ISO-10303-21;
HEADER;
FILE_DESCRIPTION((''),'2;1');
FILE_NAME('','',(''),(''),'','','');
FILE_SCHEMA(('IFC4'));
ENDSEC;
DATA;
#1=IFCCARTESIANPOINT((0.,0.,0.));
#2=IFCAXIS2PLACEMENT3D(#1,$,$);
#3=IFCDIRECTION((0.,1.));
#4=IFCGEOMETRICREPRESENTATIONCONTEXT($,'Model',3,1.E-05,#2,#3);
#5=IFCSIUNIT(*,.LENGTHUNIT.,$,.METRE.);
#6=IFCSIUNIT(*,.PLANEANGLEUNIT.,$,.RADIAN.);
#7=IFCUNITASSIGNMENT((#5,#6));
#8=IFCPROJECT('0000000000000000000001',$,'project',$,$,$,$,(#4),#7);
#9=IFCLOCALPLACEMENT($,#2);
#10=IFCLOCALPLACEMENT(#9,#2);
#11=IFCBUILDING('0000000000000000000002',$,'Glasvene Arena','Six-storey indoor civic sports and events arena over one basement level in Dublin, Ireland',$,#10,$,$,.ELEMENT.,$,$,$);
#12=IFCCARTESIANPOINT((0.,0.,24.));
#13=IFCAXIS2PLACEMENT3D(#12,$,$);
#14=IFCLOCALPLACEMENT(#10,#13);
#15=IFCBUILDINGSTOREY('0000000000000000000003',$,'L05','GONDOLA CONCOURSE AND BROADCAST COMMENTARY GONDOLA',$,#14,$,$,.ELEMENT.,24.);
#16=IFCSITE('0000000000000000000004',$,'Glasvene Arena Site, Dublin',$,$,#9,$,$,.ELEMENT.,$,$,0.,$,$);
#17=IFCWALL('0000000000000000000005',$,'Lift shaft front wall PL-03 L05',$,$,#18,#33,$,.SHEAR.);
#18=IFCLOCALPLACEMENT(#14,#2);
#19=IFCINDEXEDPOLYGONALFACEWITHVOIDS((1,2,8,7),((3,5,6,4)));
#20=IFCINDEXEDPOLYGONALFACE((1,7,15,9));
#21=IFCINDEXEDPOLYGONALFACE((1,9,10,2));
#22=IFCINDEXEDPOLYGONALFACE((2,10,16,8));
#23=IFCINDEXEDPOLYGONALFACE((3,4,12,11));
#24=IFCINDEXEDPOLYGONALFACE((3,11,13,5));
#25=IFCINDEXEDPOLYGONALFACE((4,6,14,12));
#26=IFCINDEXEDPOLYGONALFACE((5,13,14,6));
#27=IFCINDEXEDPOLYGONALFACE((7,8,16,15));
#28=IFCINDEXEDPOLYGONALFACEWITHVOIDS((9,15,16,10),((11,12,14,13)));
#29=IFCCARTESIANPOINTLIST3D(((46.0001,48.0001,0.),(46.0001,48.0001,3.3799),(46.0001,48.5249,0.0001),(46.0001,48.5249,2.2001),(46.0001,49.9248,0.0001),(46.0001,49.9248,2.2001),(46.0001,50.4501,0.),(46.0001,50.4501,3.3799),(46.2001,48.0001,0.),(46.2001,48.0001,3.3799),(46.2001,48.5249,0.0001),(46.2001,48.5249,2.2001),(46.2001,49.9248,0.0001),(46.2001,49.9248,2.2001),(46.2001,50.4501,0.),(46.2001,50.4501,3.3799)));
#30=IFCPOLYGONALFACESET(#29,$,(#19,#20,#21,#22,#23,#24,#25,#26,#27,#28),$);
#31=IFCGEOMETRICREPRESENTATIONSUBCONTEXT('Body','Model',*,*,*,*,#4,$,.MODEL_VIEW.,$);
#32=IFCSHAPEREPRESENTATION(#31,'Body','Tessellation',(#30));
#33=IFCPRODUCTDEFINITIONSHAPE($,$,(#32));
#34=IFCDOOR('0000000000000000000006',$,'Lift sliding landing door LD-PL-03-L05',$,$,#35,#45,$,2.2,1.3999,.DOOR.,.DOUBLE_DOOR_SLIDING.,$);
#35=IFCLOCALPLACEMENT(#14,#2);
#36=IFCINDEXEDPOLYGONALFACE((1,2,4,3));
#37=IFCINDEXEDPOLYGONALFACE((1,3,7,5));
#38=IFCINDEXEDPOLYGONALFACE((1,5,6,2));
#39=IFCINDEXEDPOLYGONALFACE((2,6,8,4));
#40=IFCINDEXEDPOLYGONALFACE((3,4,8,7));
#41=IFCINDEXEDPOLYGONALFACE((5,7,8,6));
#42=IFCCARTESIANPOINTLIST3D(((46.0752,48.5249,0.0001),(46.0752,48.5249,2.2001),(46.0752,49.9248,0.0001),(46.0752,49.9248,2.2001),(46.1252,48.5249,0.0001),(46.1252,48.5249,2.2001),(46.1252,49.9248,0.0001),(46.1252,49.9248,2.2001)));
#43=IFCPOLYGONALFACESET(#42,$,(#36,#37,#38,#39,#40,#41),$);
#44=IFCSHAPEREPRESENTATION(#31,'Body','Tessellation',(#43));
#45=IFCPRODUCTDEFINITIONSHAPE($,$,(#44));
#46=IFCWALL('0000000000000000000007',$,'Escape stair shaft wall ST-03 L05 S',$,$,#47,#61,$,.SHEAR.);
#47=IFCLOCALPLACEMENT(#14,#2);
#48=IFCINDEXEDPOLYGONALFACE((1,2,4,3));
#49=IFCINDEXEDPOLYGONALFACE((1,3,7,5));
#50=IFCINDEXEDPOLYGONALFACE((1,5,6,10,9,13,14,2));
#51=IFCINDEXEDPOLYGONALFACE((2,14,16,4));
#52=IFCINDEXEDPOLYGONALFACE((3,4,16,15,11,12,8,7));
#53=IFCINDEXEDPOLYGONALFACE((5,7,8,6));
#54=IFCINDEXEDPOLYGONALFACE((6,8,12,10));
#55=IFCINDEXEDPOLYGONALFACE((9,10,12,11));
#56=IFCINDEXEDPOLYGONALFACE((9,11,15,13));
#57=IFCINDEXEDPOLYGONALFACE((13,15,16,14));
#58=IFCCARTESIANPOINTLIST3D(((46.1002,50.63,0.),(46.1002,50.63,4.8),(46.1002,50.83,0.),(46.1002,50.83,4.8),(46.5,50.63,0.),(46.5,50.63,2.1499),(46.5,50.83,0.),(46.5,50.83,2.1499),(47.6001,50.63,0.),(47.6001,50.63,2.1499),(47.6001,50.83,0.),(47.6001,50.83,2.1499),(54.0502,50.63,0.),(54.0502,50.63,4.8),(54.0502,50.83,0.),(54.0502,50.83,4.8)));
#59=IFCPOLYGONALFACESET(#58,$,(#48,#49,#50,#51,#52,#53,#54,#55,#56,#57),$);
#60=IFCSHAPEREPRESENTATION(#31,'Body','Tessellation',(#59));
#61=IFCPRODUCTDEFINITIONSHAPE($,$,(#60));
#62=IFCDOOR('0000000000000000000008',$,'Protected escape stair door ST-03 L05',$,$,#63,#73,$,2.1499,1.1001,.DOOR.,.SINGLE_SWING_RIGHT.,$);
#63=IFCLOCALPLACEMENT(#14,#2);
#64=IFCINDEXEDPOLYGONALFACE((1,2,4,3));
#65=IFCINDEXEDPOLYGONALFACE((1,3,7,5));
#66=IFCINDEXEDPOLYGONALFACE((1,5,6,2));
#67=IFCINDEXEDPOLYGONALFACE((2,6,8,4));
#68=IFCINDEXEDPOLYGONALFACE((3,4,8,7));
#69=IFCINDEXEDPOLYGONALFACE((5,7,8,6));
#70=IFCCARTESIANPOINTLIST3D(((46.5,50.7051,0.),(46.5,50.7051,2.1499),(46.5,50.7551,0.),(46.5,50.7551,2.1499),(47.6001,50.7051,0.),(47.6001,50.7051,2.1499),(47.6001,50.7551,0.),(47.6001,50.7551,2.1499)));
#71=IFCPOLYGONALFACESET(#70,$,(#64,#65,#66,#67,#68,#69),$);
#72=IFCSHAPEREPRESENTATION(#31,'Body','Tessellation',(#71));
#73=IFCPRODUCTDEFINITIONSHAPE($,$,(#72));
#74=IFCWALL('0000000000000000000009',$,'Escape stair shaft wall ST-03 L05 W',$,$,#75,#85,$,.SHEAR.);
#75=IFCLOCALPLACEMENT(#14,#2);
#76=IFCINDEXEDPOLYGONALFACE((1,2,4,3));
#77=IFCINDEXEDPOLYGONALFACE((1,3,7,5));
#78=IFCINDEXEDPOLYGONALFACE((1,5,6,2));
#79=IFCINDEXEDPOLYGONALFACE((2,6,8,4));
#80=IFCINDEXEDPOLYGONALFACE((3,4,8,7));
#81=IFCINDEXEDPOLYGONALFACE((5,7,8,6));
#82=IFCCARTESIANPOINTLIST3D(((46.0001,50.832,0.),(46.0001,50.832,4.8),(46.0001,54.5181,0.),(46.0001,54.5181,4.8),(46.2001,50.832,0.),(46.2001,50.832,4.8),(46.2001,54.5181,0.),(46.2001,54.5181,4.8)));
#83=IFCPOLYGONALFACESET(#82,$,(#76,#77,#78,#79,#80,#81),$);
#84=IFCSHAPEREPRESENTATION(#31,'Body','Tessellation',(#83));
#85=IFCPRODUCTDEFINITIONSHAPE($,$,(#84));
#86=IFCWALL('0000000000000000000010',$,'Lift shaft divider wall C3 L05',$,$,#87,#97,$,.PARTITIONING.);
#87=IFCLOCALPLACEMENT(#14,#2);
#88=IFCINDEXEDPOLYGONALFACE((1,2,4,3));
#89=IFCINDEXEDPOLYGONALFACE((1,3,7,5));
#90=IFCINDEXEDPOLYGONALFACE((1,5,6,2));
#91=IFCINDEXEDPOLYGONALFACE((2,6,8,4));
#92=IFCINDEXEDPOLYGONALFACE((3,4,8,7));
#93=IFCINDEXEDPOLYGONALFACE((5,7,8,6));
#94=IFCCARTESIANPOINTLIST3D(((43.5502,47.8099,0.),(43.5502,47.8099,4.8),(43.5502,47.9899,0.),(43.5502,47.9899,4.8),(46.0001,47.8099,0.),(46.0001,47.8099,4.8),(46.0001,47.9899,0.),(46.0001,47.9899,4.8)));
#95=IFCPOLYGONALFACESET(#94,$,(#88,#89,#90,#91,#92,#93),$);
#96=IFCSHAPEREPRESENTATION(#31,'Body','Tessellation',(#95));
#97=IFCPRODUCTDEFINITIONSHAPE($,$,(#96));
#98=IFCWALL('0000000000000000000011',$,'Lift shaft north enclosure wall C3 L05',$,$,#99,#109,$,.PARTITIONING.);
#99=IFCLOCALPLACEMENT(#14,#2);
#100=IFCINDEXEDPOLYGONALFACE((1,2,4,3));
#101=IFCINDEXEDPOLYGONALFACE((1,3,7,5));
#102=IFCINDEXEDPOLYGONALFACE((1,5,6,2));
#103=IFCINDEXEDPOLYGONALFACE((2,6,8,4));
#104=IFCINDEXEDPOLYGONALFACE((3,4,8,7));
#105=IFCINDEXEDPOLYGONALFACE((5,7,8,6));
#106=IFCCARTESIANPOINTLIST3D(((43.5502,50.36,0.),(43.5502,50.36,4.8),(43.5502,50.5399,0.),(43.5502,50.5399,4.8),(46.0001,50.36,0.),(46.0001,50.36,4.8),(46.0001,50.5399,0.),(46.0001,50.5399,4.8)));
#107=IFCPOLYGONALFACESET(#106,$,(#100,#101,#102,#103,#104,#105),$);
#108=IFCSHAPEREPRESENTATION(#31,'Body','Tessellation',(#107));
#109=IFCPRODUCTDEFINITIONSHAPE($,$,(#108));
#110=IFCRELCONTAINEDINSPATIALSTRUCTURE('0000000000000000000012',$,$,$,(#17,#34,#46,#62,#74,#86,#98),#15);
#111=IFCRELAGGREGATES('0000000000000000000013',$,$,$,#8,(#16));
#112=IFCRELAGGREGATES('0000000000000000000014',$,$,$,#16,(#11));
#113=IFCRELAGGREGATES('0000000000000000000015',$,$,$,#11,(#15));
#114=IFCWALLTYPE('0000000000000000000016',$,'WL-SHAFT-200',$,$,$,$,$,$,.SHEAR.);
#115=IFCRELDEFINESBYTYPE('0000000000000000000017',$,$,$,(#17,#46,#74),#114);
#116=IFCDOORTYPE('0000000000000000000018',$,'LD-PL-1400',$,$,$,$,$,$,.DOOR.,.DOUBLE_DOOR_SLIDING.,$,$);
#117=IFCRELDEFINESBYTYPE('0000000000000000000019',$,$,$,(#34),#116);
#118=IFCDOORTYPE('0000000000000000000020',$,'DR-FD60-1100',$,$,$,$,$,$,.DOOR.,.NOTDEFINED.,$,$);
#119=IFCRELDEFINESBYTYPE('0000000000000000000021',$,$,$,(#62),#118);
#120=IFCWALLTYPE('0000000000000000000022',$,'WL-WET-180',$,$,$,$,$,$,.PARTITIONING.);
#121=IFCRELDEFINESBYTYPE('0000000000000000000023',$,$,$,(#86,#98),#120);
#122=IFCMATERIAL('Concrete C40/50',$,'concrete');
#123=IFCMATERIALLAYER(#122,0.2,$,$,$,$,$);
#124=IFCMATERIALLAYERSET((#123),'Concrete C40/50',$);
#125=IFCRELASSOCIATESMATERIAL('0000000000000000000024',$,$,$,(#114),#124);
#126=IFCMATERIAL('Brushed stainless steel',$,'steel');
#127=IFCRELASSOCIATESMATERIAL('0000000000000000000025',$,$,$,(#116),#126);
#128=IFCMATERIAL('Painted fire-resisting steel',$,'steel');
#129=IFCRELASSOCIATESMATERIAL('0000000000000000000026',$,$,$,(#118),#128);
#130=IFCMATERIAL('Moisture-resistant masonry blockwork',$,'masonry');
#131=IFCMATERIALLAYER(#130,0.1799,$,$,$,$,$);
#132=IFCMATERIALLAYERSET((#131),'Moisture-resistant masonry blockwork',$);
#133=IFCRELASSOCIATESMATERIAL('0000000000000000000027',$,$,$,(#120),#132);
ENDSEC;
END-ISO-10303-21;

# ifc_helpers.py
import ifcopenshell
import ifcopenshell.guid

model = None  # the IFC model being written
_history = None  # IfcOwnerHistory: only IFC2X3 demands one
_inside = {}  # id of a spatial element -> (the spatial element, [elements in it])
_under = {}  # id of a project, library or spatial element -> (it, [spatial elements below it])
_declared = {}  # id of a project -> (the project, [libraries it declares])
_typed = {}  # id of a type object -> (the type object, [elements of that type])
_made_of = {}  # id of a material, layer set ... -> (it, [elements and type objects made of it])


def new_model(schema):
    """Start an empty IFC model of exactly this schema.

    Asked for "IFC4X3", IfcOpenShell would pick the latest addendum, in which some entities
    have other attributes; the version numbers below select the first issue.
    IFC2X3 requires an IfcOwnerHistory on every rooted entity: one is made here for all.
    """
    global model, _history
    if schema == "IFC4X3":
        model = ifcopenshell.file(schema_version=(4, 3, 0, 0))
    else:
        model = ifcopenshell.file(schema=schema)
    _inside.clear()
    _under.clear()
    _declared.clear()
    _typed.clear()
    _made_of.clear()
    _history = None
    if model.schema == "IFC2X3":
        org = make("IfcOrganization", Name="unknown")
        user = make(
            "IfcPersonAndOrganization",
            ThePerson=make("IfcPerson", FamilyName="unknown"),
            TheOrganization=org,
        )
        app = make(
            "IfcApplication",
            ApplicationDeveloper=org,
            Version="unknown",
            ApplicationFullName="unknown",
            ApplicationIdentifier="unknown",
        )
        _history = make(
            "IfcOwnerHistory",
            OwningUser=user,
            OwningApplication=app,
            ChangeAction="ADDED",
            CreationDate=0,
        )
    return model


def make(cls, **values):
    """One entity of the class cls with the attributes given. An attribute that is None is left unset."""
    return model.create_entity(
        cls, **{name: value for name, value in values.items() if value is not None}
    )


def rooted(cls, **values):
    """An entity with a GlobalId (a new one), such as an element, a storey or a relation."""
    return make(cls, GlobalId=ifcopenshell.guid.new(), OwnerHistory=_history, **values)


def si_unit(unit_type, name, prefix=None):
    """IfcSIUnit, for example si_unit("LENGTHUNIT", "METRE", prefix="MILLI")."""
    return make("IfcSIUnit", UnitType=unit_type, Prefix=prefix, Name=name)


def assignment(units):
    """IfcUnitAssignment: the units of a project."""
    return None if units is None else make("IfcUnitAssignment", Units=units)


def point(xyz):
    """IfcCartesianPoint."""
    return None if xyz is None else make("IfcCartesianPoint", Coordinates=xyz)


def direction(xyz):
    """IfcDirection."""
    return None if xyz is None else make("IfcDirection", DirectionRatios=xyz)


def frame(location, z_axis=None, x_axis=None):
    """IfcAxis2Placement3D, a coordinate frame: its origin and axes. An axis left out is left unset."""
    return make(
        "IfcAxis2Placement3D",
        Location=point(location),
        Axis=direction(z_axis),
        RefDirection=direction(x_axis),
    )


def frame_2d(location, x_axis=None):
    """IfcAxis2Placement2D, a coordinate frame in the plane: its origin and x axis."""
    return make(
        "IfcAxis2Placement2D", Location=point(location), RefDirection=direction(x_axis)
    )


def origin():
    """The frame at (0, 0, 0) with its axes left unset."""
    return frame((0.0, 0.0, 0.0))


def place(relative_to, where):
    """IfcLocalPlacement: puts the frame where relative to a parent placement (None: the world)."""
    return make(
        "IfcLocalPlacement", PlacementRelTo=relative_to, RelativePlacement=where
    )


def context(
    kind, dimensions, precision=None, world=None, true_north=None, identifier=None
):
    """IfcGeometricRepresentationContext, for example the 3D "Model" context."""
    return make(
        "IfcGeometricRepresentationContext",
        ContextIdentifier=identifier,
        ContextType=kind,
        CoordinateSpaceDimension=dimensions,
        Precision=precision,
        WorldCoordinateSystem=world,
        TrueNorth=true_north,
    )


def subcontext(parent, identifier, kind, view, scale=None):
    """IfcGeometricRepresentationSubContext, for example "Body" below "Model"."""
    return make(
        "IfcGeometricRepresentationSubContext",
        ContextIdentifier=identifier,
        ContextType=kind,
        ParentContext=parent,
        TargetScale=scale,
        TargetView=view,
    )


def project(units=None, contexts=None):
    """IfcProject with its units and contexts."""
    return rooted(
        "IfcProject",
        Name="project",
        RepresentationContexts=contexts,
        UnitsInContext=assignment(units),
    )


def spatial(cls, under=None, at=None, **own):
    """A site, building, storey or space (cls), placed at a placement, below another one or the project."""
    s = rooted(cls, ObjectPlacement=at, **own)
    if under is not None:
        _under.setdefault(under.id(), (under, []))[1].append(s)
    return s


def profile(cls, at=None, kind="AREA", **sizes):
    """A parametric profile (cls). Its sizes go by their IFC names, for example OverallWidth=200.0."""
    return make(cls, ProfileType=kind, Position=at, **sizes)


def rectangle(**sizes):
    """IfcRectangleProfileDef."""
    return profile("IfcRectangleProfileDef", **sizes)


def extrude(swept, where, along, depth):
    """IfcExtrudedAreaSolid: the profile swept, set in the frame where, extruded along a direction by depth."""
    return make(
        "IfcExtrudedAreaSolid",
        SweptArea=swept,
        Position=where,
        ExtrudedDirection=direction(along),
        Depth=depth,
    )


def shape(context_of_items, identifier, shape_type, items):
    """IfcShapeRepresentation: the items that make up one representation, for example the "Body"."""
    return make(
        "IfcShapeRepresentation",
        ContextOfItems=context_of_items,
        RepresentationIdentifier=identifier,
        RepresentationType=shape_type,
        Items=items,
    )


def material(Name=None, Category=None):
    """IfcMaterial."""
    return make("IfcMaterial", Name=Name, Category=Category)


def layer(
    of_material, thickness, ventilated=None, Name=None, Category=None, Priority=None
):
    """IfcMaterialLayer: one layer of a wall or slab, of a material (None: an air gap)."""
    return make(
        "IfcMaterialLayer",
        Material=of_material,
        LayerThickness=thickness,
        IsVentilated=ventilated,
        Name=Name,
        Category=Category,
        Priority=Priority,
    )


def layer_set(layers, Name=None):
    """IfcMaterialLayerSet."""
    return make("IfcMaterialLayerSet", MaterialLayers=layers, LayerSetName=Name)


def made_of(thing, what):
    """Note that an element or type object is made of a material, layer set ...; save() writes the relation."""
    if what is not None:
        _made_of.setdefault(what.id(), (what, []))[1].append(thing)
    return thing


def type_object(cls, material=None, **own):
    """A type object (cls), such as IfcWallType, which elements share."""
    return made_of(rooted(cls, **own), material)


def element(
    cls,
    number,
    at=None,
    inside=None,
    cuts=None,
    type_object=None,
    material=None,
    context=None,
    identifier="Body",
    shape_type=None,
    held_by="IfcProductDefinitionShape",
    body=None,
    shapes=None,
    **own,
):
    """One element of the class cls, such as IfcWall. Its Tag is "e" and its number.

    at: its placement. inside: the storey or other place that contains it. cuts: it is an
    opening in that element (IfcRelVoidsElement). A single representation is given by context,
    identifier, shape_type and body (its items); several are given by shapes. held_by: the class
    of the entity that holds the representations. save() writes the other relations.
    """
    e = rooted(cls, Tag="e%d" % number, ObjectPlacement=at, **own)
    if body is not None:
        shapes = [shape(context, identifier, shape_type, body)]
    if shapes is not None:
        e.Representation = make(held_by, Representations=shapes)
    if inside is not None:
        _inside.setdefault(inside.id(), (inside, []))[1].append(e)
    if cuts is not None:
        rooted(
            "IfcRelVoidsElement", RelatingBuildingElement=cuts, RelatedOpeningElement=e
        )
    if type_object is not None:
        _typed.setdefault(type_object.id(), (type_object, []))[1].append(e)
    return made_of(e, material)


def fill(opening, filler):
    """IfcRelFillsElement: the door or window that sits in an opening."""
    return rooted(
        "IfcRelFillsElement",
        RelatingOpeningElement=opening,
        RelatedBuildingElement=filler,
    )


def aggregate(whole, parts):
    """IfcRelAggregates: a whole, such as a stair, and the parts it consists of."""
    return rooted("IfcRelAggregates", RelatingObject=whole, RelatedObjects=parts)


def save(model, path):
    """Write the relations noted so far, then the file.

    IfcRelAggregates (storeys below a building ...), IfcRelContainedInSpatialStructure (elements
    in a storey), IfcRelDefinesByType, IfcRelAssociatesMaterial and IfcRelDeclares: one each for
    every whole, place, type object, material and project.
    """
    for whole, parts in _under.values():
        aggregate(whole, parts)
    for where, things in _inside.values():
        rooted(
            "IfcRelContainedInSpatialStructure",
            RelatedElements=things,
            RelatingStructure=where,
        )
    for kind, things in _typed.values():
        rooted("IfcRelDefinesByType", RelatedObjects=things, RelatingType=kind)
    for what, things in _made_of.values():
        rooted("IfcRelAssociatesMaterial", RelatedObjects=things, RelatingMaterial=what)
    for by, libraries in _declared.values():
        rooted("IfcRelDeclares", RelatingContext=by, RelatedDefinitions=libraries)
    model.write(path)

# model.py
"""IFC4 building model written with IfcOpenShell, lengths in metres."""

from ifc_helpers import new_model, si_unit, direction, frame, frame_2d, origin, place, context, subcontext, project, spatial, rectangle, extrude, material, layer, layer_set, type_object, element, fill, save


model = new_model("IFC4")

# Units and contexts
model_context = context("Model", 3, precision=1e-05, world=origin(), true_north=direction((0.0, 1.0)))
body_context = subcontext(model_context, "Body", "Model", "MODEL_VIEW")
ifc_project = project(units=[si_unit("LENGTHUNIT", "METRE"), si_unit("PLANEANGLEUNIT", "RADIAN")], contexts=[model_context])

# Site, building, storey
site_placement = place(None, origin())
site = spatial("IfcSite", under=ifc_project, at=site_placement, Name="Glasvene Arena Site, Dublin", CompositionType="ELEMENT", RefElevation=0.0)
building_placement = place(site_placement, origin())
building = spatial("IfcBuilding", under=site, at=building_placement, Name="Glasvene Arena", Description="Six-storey indoor civic sports and events arena over one basement level in Dublin, Ireland", CompositionType="ELEMENT")
storey_placement = place(building_placement, frame((0.0, 0.0, 24.0)))
storey = spatial("IfcBuildingStorey", under=building, at=storey_placement, Name="L05", Description="GONDOLA CONCOURSE AND BROADCAST COMMENTARY GONDOLA", CompositionType="ELEMENT", Elevation=24.0)

# Shared definitions
ifc_material_1 = material(Name="Concrete C40/50", Category="concrete")

# Walls, openings, doors
ifc_layer_1 = layer(ifc_material_1, 0.2)
ifc_layer_set_1 = layer_set([ifc_layer_1], Name="Concrete C40/50")
wall_type_1 = type_object("IfcWallType", Name="WL-SHAFT-200", PredefinedType="SHEAR", material=ifc_layer_set_1)
wall_1_placement = place(storey_placement, frame((46.1001, 48.0, 0.0), z_axis=(0.0, 0.0, 1.0), x_axis=(0.0, 1.0, 0.0)))
wall_1 = element("IfcWall", 1, at=wall_1_placement, inside=storey, type_object=wall_type_1, Name="Lift shaft front wall PL-03 L05", PredefinedType="SHEAR", context=body_context, shape_type="SweptSolid", body=[
    extrude(rectangle(XDim=2.45, YDim=0.2, at=frame_2d((1.2251, 0.0))), origin(), (0.0, 0.0, 1.0), 3.3799),
])
opening_1_placement = place(wall_1_placement, frame((0.5249, 0.0, 0.0)))
opening_1 = element("IfcOpeningElement", 2, at=opening_1_placement, cuts=wall_1, PredefinedType="OPENING", context=body_context, shape_type="SweptSolid", body=[
    extrude(rectangle(XDim=1.3999, YDim=2.2, at=frame_2d((0.7, 1.1001))), frame((0.0, 0.1099, 0.0), z_axis=(0.0, -1.0, 0.0), x_axis=(1.0, 0.0, 0.0)), (0.0, 0.0, 1.0), 0.22),
])
ifc_material_2 = material(Name="Brushed stainless steel", Category="steel")
door_type_1 = type_object("IfcDoorType", Name="LD-PL-1400", OperationType="DOUBLE_DOOR_SLIDING", PredefinedType="DOOR", material=ifc_material_2)
door_1_placement = place(opening_1_placement, origin())
door_1 = element("IfcDoor", 3, at=door_1_placement, inside=storey, type_object=door_type_1, Name="Lift sliding landing door LD-PL-03-L05", OperationType="DOUBLE_DOOR_SLIDING", OverallHeight=2.2, OverallWidth=1.3999, PredefinedType="DOOR", context=body_context, shape_type="SweptSolid", body=[
    extrude(rectangle(XDim=1.3999, YDim=2.2, at=frame_2d((0.7, 1.1001))), frame((0.0, 0.0249, 0.0), z_axis=(0.0, -1.0, 0.0), x_axis=(1.0, 0.0, 0.0)), (0.0, 0.0, 1.0), 0.05),
])
fill(opening_1, door_1)
wall_2_placement = place(storey_placement, frame((46.1001, 50.73, 0.0), z_axis=(0.0, 0.0, 1.0), x_axis=(1.0, 0.0, 0.0)))
wall_2 = element("IfcWall", 4, at=wall_2_placement, inside=storey, type_object=wall_type_1, Name="Escape stair shaft wall ST-03 L05 S", PredefinedType="SHEAR", context=body_context, shape_type="SweptSolid", body=[
    extrude(rectangle(XDim=7.95, YDim=0.2, at=frame_2d((3.9751, 0.0))), origin(), (0.0, 0.0, 1.0), 4.8),
])
opening_2_placement = place(wall_2_placement, frame((0.3999, 0.0, 0.0)))
opening_2 = element("IfcOpeningElement", 5, at=opening_2_placement, cuts=wall_2, PredefinedType="OPENING", context=body_context, shape_type="SweptSolid", body=[
    extrude(rectangle(XDim=1.1001, YDim=2.1499, at=frame_2d((0.55, 1.075))), frame((0.0, 0.1099, 0.0), z_axis=(0.0, -1.0, 0.0), x_axis=(1.0, 0.0, 0.0)), (0.0, 0.0, 1.0), 0.22),
])
ifc_material_3 = material(Name="Painted fire-resisting steel", Category="steel")
door_type_2 = type_object("IfcDoorType", Name="DR-FD60-1100", OperationType="NOTDEFINED", PredefinedType="DOOR", material=ifc_material_3)
door_2_placement = place(opening_2_placement, frame((1.1001, 0.0, 0.0), z_axis=(0.0, 0.0, 1.0), x_axis=(-1.0, 0.0, 0.0)))
door_2 = element("IfcDoor", 6, at=door_2_placement, inside=storey, type_object=door_type_2, Name="Protected escape stair door ST-03 L05", OperationType="SINGLE_SWING_RIGHT", OverallHeight=2.1499, OverallWidth=1.1001, PredefinedType="DOOR", context=body_context, shape_type="SweptSolid", body=[
    extrude(rectangle(XDim=1.1001, YDim=2.1499, at=frame_2d((0.55, 1.075))), frame((0.0, 0.0249, 0.0), z_axis=(0.0, -1.0, 0.0), x_axis=(1.0, 0.0, 0.0)), (0.0, 0.0, 1.0), 0.05),
])
fill(opening_2, door_2)

# Walls
wall_3_placement = place(storey_placement, frame((46.1001, 50.832, 0.0), z_axis=(0.0, 0.0, 1.0), x_axis=(0.0, 1.0, 0.0)))
element("IfcWall", 7, at=wall_3_placement, inside=storey, type_object=wall_type_1, Name="Escape stair shaft wall ST-03 L05 W", PredefinedType="SHEAR", context=body_context, shape_type="SweptSolid", body=[
    extrude(rectangle(XDim=3.686, YDim=0.2, at=frame_2d((1.843, 0.0))), origin(), (0.0, 0.0, 1.0), 4.8),
])
ifc_material_4 = material(Name="Moisture-resistant masonry blockwork", Category="masonry")
ifc_layer_2 = layer(ifc_material_4, 0.1799)
ifc_layer_set_2 = layer_set([ifc_layer_2], Name="Moisture-resistant masonry blockwork")
wall_type_2 = type_object("IfcWallType", Name="WL-WET-180", PredefinedType="PARTITIONING", material=ifc_layer_set_2)
for number, where, z_axis, x_axis, name in (
    (8, (43.55, 47.8999, 0.0), (0.0, 0.0, 1.0), (1.0, 0.0, 0.0), "Lift shaft divider wall C3 L05"),
    (9, (43.55, 50.45, 0.0), (0.0, 0.0, 1.0), (1.0, 0.0, 0.0), "Lift shaft north enclosure wall C3 L05"),
):
    element("IfcWall", number, at=place(storey_placement, frame(where, z_axis=z_axis, x_axis=x_axis)), inside=storey, type_object=wall_type_2, Name=name, PredefinedType="PARTITIONING", context=body_context, shape_type="SweptSolid", body=[
        extrude(rectangle(XDim=2.45, YDim=0.1799, at=frame_2d((1.2251, 0.0))), origin(), (0.0, 0.0, 1.0), 4.8),
    ])

save(model, "model.ifc")
